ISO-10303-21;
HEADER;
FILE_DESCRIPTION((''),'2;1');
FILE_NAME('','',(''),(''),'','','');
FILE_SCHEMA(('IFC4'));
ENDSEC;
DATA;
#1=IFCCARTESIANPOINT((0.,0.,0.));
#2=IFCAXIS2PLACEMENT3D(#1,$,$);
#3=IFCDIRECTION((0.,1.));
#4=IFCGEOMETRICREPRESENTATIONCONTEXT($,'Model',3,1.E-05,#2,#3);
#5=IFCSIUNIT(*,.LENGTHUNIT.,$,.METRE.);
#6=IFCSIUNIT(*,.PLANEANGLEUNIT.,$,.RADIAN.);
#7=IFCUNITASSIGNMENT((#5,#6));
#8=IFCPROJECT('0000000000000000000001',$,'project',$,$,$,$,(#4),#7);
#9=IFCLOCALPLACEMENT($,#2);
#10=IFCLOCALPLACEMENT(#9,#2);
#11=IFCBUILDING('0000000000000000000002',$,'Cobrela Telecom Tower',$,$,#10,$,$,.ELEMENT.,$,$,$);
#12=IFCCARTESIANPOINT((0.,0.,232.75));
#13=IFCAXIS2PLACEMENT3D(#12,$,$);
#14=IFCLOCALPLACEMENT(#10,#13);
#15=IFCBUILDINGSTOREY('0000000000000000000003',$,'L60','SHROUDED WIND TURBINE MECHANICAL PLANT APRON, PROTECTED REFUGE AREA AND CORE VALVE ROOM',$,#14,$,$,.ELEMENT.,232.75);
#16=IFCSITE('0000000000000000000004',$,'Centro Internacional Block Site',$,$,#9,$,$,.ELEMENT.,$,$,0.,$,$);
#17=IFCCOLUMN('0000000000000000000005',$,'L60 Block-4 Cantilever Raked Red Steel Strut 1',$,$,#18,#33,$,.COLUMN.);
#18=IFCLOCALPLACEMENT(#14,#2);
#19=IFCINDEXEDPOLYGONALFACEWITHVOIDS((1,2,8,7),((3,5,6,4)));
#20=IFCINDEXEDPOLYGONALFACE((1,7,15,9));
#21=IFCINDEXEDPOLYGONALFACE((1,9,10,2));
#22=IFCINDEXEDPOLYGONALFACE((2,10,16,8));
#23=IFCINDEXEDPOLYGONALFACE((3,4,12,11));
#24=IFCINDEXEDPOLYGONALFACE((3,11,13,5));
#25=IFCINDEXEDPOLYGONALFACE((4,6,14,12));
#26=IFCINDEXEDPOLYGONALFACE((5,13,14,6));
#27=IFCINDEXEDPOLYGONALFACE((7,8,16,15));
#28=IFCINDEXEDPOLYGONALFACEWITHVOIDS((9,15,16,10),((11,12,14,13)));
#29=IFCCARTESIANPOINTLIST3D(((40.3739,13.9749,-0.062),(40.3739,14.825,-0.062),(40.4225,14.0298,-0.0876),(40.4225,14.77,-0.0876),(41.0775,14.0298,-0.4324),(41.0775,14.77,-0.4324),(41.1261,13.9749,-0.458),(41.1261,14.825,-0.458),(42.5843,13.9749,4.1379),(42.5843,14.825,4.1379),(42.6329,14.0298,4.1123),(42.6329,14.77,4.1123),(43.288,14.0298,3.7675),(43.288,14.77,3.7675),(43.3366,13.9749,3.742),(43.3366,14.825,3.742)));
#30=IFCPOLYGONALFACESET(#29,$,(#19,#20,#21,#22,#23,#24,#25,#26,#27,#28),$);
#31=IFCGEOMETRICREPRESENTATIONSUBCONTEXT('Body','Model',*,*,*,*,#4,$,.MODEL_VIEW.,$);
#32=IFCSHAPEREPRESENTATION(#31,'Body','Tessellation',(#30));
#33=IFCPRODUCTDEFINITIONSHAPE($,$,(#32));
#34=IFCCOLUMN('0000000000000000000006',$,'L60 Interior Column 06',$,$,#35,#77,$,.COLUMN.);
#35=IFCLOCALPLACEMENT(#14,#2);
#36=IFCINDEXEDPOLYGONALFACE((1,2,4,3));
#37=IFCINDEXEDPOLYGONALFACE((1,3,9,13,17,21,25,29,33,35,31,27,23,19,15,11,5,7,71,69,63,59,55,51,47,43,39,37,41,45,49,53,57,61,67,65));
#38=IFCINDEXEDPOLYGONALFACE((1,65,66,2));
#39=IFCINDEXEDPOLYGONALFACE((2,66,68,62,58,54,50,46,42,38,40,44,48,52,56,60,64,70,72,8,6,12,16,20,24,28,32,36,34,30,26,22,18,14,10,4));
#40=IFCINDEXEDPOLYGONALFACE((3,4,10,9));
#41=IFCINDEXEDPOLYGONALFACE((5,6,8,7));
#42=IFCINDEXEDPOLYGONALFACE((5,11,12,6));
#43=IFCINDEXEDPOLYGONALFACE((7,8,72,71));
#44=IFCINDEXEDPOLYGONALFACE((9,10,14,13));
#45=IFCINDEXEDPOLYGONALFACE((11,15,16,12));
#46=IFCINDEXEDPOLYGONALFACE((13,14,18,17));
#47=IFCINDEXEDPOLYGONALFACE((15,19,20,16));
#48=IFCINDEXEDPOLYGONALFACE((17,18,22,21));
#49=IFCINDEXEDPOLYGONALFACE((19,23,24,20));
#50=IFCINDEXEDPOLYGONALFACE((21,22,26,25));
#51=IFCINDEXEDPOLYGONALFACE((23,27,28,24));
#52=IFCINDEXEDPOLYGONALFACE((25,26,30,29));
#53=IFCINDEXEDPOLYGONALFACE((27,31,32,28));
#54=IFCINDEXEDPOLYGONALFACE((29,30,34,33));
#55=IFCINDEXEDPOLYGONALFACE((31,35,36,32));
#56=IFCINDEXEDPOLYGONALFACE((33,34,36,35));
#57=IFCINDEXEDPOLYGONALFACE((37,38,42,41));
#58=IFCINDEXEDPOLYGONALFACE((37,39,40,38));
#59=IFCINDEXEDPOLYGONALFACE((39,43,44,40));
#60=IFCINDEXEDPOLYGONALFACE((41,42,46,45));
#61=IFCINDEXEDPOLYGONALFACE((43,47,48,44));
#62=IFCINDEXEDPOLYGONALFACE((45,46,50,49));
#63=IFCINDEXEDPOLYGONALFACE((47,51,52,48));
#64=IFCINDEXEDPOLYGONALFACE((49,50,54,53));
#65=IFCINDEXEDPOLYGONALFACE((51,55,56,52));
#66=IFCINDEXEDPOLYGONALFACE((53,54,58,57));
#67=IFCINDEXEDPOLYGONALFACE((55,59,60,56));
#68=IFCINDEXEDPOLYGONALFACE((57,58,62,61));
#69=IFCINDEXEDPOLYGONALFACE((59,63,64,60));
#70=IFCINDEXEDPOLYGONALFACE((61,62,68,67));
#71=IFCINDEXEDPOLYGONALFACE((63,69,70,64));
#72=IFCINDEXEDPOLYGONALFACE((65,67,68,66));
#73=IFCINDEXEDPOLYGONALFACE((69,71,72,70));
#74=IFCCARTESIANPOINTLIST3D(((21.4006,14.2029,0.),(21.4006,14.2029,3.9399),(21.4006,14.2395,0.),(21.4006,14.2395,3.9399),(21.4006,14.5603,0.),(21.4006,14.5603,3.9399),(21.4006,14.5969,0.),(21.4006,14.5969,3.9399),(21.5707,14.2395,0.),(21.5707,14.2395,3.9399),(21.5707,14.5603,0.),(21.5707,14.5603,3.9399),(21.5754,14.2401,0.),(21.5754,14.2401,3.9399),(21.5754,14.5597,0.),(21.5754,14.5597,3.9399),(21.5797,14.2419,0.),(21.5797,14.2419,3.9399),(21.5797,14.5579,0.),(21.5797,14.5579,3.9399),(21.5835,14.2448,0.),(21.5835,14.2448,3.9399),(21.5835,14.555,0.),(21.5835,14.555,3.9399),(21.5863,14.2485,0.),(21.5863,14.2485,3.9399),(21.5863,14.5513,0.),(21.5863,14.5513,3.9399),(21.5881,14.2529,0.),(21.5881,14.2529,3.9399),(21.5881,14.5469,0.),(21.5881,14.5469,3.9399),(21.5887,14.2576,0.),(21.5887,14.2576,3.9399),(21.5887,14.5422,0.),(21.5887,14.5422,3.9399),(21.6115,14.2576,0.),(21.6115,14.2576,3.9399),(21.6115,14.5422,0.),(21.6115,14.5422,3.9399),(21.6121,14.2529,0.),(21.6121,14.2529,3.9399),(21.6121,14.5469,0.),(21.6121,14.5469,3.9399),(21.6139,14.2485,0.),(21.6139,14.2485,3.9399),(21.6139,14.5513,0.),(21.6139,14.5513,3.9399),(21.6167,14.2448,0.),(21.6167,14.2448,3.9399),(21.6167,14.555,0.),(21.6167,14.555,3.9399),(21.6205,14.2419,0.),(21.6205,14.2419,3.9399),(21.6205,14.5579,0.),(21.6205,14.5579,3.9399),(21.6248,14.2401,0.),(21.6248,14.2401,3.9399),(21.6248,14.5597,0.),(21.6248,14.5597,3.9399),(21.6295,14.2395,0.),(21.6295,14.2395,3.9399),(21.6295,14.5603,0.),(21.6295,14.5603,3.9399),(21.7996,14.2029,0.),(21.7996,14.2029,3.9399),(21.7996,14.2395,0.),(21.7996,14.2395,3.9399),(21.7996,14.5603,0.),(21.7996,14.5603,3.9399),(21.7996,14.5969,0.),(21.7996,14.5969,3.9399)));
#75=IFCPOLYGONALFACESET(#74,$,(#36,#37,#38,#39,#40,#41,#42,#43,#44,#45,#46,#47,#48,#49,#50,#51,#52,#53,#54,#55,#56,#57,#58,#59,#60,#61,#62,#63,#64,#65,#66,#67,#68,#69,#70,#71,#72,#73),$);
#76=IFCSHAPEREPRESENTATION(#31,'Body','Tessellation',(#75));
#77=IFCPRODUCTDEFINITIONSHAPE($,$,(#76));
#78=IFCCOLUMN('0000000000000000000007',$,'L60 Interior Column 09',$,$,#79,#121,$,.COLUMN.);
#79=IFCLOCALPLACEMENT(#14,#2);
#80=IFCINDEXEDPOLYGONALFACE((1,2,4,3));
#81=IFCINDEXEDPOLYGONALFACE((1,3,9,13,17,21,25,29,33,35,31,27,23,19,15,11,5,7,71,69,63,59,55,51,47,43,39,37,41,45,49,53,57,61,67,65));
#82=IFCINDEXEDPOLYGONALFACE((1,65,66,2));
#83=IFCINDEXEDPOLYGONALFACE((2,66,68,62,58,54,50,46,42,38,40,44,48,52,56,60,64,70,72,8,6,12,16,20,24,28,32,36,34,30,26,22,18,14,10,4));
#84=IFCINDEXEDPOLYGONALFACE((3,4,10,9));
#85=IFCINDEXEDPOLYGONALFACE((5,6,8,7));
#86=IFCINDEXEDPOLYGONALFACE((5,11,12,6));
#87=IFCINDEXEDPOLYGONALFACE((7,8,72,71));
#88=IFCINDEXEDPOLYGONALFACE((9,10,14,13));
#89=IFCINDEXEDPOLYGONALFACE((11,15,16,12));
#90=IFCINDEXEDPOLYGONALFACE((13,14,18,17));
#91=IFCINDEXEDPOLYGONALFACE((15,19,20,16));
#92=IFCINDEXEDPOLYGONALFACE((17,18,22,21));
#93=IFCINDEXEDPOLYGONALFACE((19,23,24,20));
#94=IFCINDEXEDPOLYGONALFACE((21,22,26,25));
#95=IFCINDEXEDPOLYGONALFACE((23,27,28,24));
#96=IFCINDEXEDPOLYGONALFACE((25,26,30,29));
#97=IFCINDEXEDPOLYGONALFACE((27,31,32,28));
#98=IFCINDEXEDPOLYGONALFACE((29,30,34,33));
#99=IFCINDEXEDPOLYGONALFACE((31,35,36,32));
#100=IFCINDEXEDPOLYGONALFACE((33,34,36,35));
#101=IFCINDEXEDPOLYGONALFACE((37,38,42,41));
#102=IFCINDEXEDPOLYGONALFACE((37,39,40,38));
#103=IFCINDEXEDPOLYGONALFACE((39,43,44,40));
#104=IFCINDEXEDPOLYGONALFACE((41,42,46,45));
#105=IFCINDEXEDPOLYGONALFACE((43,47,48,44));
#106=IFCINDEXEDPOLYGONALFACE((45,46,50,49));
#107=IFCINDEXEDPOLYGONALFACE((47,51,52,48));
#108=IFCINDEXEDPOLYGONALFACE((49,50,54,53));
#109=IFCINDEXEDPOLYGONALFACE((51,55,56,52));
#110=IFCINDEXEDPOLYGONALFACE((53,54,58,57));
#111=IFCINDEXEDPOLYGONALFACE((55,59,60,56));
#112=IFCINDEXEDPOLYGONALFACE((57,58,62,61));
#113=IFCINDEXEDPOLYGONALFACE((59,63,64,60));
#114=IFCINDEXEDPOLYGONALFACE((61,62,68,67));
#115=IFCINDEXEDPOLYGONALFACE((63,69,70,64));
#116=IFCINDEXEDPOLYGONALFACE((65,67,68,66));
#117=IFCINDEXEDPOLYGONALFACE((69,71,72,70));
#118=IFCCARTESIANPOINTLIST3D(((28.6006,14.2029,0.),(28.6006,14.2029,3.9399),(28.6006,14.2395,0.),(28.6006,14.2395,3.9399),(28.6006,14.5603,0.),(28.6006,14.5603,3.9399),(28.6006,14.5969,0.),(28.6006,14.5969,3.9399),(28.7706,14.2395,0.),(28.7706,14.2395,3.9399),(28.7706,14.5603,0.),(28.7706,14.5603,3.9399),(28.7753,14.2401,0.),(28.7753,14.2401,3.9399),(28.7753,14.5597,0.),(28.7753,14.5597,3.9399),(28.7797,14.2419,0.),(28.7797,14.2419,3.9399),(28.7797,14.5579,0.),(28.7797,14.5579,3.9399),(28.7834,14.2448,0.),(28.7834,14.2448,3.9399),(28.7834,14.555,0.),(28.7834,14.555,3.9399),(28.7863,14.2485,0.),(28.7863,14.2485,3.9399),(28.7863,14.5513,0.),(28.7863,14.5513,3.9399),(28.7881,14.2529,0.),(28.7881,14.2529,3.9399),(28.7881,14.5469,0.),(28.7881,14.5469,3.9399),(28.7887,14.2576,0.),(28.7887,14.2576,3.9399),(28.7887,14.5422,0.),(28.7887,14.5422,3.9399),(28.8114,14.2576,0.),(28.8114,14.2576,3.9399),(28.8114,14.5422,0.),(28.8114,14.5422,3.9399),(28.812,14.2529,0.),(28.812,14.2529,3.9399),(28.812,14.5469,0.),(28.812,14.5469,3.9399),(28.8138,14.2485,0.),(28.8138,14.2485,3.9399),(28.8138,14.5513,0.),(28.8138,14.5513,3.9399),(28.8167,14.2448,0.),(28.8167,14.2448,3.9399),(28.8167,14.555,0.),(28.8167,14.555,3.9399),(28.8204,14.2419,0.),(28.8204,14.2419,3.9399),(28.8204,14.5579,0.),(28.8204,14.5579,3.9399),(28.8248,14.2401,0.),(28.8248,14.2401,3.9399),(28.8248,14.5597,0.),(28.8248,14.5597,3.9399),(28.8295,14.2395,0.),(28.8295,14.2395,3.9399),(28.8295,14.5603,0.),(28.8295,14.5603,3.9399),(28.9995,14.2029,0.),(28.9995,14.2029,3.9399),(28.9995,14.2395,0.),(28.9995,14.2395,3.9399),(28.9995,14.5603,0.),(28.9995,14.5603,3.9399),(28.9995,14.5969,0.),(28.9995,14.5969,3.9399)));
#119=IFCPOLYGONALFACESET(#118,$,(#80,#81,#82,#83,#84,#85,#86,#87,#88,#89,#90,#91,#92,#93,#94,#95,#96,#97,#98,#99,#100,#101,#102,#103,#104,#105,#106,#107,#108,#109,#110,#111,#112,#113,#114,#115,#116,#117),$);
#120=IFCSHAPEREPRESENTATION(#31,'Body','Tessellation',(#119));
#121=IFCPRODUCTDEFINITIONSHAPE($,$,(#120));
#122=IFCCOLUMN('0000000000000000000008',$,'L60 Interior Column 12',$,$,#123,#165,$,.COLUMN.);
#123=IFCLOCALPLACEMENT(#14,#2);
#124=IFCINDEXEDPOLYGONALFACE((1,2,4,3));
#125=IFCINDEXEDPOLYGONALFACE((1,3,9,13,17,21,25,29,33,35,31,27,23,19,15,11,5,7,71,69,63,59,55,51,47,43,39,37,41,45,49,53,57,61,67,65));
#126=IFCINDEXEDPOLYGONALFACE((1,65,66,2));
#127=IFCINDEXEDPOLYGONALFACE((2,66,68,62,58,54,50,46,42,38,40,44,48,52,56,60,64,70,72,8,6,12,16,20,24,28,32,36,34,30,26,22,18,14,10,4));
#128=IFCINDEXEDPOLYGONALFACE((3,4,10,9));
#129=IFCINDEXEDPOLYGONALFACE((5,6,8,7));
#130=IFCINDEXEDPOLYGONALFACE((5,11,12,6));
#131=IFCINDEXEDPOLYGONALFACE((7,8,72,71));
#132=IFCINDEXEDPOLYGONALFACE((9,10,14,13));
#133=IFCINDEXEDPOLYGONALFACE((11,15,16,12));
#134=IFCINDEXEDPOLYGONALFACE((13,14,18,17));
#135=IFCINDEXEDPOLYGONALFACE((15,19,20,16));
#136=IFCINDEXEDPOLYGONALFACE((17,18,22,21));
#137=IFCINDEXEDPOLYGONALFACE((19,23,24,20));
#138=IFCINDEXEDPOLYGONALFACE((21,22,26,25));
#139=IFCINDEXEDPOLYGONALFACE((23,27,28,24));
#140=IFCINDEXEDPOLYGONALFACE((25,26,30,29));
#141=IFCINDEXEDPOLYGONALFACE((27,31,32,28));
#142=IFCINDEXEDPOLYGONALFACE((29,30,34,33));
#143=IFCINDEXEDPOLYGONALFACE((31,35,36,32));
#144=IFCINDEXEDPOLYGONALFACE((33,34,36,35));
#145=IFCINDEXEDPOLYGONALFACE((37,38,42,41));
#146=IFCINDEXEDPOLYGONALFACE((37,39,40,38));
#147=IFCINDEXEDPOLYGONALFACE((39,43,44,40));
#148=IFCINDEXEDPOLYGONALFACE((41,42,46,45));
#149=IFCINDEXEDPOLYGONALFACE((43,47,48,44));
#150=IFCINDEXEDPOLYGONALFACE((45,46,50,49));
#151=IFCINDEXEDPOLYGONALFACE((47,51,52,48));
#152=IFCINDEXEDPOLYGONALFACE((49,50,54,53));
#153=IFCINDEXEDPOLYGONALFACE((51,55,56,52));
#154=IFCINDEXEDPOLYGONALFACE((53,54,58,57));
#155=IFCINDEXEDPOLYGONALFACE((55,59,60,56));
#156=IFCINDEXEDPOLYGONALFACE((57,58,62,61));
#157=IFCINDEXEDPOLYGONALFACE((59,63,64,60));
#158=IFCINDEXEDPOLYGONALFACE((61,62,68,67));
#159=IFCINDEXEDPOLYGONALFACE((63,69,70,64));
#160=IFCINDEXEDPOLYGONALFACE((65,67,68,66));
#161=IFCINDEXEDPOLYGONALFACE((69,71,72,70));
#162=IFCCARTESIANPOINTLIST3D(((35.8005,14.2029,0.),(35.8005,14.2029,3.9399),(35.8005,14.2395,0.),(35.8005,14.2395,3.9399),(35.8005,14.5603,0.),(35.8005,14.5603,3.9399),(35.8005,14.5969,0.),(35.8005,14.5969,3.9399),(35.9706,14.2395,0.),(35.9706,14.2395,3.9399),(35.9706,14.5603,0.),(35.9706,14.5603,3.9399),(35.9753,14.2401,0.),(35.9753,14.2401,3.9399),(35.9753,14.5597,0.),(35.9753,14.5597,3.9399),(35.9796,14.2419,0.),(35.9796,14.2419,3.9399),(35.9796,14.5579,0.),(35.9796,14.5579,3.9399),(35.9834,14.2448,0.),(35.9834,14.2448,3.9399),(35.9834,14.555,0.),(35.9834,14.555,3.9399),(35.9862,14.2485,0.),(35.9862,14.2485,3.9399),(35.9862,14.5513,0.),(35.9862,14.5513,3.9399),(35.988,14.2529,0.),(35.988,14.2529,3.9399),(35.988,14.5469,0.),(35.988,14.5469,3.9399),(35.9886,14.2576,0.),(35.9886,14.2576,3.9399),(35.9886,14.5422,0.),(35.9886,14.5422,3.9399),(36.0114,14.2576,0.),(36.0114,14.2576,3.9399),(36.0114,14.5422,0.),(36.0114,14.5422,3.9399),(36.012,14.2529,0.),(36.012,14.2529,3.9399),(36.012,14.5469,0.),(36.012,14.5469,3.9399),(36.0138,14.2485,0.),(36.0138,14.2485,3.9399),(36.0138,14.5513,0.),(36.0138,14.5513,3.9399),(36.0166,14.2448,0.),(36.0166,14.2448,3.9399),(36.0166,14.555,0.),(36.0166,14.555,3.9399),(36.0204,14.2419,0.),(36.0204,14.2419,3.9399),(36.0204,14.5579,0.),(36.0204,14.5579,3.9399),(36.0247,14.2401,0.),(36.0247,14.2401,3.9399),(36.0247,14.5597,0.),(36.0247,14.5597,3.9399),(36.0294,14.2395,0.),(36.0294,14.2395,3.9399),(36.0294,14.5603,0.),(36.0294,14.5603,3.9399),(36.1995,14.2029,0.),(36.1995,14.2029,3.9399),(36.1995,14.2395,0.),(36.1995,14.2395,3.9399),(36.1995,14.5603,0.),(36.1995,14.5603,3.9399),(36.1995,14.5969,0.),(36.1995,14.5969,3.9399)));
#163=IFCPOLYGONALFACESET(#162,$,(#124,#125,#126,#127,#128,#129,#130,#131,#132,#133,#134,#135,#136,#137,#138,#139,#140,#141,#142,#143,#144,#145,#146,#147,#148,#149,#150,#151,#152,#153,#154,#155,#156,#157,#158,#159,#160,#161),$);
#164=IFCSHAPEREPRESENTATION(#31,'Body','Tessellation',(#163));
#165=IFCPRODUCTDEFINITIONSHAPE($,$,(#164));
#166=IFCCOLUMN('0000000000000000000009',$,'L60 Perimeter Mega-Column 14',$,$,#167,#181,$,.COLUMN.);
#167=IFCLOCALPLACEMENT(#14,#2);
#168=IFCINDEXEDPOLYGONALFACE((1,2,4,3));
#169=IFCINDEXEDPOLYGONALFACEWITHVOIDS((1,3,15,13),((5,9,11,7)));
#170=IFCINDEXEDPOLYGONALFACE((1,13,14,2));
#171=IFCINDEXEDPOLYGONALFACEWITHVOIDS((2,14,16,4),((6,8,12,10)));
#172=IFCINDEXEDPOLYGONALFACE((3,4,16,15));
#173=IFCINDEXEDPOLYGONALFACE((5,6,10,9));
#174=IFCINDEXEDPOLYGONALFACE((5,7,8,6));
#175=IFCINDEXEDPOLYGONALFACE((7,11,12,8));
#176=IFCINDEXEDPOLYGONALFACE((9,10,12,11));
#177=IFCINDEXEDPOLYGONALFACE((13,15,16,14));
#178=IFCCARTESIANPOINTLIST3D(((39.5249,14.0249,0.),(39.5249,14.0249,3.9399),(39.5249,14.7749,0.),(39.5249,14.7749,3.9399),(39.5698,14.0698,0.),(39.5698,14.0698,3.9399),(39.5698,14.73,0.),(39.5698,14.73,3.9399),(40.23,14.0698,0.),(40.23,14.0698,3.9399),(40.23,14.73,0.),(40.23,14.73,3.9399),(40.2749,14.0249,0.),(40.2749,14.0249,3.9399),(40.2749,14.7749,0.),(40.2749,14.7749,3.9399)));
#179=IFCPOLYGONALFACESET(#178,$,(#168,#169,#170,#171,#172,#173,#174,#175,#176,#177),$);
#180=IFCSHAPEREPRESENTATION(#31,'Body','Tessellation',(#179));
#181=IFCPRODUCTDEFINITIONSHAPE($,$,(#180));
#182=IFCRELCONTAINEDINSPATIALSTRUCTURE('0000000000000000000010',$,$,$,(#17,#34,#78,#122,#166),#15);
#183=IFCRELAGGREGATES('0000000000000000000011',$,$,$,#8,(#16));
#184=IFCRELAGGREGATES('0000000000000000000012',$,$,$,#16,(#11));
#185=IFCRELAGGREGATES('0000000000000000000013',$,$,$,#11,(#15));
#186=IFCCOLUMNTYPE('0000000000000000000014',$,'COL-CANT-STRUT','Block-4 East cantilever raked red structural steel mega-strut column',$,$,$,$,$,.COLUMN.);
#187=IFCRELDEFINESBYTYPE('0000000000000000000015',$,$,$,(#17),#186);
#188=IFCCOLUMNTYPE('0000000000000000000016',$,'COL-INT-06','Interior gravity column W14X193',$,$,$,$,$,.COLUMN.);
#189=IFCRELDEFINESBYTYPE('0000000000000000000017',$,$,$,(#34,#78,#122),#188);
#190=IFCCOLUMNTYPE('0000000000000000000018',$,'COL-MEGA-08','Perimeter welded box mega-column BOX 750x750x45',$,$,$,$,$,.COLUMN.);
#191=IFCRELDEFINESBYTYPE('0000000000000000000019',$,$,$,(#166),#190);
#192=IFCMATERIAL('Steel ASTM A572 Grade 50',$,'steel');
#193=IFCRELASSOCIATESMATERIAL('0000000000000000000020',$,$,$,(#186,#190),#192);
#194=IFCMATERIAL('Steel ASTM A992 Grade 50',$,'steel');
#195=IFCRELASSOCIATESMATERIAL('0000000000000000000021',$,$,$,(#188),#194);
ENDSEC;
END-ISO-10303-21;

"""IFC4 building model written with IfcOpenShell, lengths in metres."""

from ifc_helpers import new_model, si_unit, direction, frame, origin, origin_2d, place, context, subcontext, project, spatial, hollow_rectangle, i_section, extrude, material, material_profile, profile_set, type_object, element, save


model = new_model("IFC4")

# Units and contexts
model_context = context("Model", 3, precision=1e-05, world=origin(), true_north=direction((0.0, 1.0)))
body_context = subcontext(model_context, "Body", "Model", "MODEL_VIEW")
ifc_project = project(units=[si_unit("LENGTHUNIT", "METRE"), si_unit("PLANEANGLEUNIT", "RADIAN")], contexts=[model_context])

# Site, building, storey
site_placement = place(None, origin())
site = spatial("IfcSite", under=ifc_project, at=site_placement, Name="Centro Internacional Block Site", CompositionType="ELEMENT", RefElevation=0.0)
building_placement = place(site_placement, origin())
building = spatial("IfcBuilding", under=site, at=building_placement, Name="Cobrela Telecom Tower", CompositionType="ELEMENT")
storey_placement = place(building_placement, frame((0.0, 0.0, 232.75)))
storey = spatial("IfcBuildingStorey", under=building, at=storey_placement, Name="L60", Description="SHROUDED WIND TURBINE MECHANICAL PLANT APRON, PROTECTED REFUGE AREA AND CORE VALVE ROOM", CompositionType="ELEMENT", Elevation=232.75)

# Columns
ifc_material_1 = material(Name="Steel ASTM A572 Grade 50", Category="steel")
ifc_material_profile_1 = material_profile(ifc_material_1, hollow_rectangle(XDim=0.8501, YDim=0.8501, WallThickness=0.0549, at=origin_2d()), Name="BOX 850x850x55")
ifc_profile_set_1 = profile_set([ifc_material_profile_1], Name="Steel ASTM A572 Grade 50")
column_type_1 = type_object("IfcColumnType", Name="COL-CANT-STRUT", Description="Block-4 East cantilever raked red structural steel mega-strut column", PredefinedType="COLUMN", material=ifc_profile_set_1)
column_1_placement = place(storey_placement, frame((40.75, 14.3999, -0.26), z_axis=(0.465738, 0.0, 0.884923), x_axis=(0.0, 1.0, 0.0)))
element("IfcColumn", 1, at=column_1_placement, inside=storey, type_object=column_type_1, Name="L60 Block-4 Cantilever Raked Red Steel Strut 1", PredefinedType="COLUMN", context=body_context, shape_type="SweptSolid", body=[
    extrude(hollow_rectangle(XDim=0.8501, YDim=0.8501, WallThickness=0.0549, at=origin_2d()), origin(), (0.0, 0.0, 1.0), 4.7461),
])
ifc_material_2 = material(Name="Steel ASTM A992 Grade 50", Category="steel")
ifc_material_profile_2 = material_profile(ifc_material_2, i_section(OverallWidth=0.3989, OverallDepth=0.394, WebThickness=0.0227, FlangeThickness=0.0366, FilletRadius=0.0181, at=origin_2d()), Name="W14X193")
ifc_profile_set_2 = profile_set([ifc_material_profile_2], Name="Steel ASTM A992 Grade 50")
column_type_2 = type_object("IfcColumnType", Name="COL-INT-06", Description="Interior gravity column W14X193", PredefinedType="COLUMN", material=ifc_profile_set_2)
for number, where, z_axis, x_axis, name in (
    (2, (21.6001, 14.3999, 0.0), (0.0, 0.0, 1.0), (1.0, 0.0, 0.0), "L60 Interior Column 06"),
    (3, (28.8, 14.3999, 0.0), (0.0, 0.0, 1.0), (1.0, 0.0, 0.0), "L60 Interior Column 09"),
    (4, (36.0, 14.3999, 0.0), (0.0, 0.0, 1.0), (1.0, 0.0, 0.0), "L60 Interior Column 12"),
):
    element("IfcColumn", number, at=place(storey_placement, frame(where, z_axis=z_axis, x_axis=x_axis)), inside=storey, type_object=column_type_2, Name=name, PredefinedType="COLUMN", context=body_context, shape_type="SweptSolid", body=[
        extrude(i_section(OverallWidth=0.3989, OverallDepth=0.394, WebThickness=0.0227, FlangeThickness=0.0366, FilletRadius=0.0181, at=origin_2d()), origin(), (0.0, 0.0, 1.0), 3.9399),
    ])
ifc_material_profile_3 = material_profile(ifc_material_1, hollow_rectangle(XDim=0.75, YDim=0.75, WallThickness=0.0449, at=origin_2d()), Name="BOX 750x750x45")
ifc_profile_set_3 = profile_set([ifc_material_profile_3], Name="Steel ASTM A572 Grade 50")
column_type_3 = type_object("IfcColumnType", Name="COL-MEGA-08", Description="Perimeter welded box mega-column BOX 750x750x45", PredefinedType="COLUMN", material=ifc_profile_set_3)
column_2_placement = place(storey_placement, frame((39.8999, 14.3999, 0.0), z_axis=(0.0, 0.0, 1.0), x_axis=(1.0, 0.0, 0.0)))
element("IfcColumn", 5, at=column_2_placement, inside=storey, type_object=column_type_3, Name="L60 Perimeter Mega-Column 14", PredefinedType="COLUMN", context=body_context, shape_type="SweptSolid", body=[
    extrude(hollow_rectangle(XDim=0.75, YDim=0.75, WallThickness=0.0449, at=origin_2d()), origin(), (0.0, 0.0, 1.0), 3.9399),
])

save(model, "model.ifc")
